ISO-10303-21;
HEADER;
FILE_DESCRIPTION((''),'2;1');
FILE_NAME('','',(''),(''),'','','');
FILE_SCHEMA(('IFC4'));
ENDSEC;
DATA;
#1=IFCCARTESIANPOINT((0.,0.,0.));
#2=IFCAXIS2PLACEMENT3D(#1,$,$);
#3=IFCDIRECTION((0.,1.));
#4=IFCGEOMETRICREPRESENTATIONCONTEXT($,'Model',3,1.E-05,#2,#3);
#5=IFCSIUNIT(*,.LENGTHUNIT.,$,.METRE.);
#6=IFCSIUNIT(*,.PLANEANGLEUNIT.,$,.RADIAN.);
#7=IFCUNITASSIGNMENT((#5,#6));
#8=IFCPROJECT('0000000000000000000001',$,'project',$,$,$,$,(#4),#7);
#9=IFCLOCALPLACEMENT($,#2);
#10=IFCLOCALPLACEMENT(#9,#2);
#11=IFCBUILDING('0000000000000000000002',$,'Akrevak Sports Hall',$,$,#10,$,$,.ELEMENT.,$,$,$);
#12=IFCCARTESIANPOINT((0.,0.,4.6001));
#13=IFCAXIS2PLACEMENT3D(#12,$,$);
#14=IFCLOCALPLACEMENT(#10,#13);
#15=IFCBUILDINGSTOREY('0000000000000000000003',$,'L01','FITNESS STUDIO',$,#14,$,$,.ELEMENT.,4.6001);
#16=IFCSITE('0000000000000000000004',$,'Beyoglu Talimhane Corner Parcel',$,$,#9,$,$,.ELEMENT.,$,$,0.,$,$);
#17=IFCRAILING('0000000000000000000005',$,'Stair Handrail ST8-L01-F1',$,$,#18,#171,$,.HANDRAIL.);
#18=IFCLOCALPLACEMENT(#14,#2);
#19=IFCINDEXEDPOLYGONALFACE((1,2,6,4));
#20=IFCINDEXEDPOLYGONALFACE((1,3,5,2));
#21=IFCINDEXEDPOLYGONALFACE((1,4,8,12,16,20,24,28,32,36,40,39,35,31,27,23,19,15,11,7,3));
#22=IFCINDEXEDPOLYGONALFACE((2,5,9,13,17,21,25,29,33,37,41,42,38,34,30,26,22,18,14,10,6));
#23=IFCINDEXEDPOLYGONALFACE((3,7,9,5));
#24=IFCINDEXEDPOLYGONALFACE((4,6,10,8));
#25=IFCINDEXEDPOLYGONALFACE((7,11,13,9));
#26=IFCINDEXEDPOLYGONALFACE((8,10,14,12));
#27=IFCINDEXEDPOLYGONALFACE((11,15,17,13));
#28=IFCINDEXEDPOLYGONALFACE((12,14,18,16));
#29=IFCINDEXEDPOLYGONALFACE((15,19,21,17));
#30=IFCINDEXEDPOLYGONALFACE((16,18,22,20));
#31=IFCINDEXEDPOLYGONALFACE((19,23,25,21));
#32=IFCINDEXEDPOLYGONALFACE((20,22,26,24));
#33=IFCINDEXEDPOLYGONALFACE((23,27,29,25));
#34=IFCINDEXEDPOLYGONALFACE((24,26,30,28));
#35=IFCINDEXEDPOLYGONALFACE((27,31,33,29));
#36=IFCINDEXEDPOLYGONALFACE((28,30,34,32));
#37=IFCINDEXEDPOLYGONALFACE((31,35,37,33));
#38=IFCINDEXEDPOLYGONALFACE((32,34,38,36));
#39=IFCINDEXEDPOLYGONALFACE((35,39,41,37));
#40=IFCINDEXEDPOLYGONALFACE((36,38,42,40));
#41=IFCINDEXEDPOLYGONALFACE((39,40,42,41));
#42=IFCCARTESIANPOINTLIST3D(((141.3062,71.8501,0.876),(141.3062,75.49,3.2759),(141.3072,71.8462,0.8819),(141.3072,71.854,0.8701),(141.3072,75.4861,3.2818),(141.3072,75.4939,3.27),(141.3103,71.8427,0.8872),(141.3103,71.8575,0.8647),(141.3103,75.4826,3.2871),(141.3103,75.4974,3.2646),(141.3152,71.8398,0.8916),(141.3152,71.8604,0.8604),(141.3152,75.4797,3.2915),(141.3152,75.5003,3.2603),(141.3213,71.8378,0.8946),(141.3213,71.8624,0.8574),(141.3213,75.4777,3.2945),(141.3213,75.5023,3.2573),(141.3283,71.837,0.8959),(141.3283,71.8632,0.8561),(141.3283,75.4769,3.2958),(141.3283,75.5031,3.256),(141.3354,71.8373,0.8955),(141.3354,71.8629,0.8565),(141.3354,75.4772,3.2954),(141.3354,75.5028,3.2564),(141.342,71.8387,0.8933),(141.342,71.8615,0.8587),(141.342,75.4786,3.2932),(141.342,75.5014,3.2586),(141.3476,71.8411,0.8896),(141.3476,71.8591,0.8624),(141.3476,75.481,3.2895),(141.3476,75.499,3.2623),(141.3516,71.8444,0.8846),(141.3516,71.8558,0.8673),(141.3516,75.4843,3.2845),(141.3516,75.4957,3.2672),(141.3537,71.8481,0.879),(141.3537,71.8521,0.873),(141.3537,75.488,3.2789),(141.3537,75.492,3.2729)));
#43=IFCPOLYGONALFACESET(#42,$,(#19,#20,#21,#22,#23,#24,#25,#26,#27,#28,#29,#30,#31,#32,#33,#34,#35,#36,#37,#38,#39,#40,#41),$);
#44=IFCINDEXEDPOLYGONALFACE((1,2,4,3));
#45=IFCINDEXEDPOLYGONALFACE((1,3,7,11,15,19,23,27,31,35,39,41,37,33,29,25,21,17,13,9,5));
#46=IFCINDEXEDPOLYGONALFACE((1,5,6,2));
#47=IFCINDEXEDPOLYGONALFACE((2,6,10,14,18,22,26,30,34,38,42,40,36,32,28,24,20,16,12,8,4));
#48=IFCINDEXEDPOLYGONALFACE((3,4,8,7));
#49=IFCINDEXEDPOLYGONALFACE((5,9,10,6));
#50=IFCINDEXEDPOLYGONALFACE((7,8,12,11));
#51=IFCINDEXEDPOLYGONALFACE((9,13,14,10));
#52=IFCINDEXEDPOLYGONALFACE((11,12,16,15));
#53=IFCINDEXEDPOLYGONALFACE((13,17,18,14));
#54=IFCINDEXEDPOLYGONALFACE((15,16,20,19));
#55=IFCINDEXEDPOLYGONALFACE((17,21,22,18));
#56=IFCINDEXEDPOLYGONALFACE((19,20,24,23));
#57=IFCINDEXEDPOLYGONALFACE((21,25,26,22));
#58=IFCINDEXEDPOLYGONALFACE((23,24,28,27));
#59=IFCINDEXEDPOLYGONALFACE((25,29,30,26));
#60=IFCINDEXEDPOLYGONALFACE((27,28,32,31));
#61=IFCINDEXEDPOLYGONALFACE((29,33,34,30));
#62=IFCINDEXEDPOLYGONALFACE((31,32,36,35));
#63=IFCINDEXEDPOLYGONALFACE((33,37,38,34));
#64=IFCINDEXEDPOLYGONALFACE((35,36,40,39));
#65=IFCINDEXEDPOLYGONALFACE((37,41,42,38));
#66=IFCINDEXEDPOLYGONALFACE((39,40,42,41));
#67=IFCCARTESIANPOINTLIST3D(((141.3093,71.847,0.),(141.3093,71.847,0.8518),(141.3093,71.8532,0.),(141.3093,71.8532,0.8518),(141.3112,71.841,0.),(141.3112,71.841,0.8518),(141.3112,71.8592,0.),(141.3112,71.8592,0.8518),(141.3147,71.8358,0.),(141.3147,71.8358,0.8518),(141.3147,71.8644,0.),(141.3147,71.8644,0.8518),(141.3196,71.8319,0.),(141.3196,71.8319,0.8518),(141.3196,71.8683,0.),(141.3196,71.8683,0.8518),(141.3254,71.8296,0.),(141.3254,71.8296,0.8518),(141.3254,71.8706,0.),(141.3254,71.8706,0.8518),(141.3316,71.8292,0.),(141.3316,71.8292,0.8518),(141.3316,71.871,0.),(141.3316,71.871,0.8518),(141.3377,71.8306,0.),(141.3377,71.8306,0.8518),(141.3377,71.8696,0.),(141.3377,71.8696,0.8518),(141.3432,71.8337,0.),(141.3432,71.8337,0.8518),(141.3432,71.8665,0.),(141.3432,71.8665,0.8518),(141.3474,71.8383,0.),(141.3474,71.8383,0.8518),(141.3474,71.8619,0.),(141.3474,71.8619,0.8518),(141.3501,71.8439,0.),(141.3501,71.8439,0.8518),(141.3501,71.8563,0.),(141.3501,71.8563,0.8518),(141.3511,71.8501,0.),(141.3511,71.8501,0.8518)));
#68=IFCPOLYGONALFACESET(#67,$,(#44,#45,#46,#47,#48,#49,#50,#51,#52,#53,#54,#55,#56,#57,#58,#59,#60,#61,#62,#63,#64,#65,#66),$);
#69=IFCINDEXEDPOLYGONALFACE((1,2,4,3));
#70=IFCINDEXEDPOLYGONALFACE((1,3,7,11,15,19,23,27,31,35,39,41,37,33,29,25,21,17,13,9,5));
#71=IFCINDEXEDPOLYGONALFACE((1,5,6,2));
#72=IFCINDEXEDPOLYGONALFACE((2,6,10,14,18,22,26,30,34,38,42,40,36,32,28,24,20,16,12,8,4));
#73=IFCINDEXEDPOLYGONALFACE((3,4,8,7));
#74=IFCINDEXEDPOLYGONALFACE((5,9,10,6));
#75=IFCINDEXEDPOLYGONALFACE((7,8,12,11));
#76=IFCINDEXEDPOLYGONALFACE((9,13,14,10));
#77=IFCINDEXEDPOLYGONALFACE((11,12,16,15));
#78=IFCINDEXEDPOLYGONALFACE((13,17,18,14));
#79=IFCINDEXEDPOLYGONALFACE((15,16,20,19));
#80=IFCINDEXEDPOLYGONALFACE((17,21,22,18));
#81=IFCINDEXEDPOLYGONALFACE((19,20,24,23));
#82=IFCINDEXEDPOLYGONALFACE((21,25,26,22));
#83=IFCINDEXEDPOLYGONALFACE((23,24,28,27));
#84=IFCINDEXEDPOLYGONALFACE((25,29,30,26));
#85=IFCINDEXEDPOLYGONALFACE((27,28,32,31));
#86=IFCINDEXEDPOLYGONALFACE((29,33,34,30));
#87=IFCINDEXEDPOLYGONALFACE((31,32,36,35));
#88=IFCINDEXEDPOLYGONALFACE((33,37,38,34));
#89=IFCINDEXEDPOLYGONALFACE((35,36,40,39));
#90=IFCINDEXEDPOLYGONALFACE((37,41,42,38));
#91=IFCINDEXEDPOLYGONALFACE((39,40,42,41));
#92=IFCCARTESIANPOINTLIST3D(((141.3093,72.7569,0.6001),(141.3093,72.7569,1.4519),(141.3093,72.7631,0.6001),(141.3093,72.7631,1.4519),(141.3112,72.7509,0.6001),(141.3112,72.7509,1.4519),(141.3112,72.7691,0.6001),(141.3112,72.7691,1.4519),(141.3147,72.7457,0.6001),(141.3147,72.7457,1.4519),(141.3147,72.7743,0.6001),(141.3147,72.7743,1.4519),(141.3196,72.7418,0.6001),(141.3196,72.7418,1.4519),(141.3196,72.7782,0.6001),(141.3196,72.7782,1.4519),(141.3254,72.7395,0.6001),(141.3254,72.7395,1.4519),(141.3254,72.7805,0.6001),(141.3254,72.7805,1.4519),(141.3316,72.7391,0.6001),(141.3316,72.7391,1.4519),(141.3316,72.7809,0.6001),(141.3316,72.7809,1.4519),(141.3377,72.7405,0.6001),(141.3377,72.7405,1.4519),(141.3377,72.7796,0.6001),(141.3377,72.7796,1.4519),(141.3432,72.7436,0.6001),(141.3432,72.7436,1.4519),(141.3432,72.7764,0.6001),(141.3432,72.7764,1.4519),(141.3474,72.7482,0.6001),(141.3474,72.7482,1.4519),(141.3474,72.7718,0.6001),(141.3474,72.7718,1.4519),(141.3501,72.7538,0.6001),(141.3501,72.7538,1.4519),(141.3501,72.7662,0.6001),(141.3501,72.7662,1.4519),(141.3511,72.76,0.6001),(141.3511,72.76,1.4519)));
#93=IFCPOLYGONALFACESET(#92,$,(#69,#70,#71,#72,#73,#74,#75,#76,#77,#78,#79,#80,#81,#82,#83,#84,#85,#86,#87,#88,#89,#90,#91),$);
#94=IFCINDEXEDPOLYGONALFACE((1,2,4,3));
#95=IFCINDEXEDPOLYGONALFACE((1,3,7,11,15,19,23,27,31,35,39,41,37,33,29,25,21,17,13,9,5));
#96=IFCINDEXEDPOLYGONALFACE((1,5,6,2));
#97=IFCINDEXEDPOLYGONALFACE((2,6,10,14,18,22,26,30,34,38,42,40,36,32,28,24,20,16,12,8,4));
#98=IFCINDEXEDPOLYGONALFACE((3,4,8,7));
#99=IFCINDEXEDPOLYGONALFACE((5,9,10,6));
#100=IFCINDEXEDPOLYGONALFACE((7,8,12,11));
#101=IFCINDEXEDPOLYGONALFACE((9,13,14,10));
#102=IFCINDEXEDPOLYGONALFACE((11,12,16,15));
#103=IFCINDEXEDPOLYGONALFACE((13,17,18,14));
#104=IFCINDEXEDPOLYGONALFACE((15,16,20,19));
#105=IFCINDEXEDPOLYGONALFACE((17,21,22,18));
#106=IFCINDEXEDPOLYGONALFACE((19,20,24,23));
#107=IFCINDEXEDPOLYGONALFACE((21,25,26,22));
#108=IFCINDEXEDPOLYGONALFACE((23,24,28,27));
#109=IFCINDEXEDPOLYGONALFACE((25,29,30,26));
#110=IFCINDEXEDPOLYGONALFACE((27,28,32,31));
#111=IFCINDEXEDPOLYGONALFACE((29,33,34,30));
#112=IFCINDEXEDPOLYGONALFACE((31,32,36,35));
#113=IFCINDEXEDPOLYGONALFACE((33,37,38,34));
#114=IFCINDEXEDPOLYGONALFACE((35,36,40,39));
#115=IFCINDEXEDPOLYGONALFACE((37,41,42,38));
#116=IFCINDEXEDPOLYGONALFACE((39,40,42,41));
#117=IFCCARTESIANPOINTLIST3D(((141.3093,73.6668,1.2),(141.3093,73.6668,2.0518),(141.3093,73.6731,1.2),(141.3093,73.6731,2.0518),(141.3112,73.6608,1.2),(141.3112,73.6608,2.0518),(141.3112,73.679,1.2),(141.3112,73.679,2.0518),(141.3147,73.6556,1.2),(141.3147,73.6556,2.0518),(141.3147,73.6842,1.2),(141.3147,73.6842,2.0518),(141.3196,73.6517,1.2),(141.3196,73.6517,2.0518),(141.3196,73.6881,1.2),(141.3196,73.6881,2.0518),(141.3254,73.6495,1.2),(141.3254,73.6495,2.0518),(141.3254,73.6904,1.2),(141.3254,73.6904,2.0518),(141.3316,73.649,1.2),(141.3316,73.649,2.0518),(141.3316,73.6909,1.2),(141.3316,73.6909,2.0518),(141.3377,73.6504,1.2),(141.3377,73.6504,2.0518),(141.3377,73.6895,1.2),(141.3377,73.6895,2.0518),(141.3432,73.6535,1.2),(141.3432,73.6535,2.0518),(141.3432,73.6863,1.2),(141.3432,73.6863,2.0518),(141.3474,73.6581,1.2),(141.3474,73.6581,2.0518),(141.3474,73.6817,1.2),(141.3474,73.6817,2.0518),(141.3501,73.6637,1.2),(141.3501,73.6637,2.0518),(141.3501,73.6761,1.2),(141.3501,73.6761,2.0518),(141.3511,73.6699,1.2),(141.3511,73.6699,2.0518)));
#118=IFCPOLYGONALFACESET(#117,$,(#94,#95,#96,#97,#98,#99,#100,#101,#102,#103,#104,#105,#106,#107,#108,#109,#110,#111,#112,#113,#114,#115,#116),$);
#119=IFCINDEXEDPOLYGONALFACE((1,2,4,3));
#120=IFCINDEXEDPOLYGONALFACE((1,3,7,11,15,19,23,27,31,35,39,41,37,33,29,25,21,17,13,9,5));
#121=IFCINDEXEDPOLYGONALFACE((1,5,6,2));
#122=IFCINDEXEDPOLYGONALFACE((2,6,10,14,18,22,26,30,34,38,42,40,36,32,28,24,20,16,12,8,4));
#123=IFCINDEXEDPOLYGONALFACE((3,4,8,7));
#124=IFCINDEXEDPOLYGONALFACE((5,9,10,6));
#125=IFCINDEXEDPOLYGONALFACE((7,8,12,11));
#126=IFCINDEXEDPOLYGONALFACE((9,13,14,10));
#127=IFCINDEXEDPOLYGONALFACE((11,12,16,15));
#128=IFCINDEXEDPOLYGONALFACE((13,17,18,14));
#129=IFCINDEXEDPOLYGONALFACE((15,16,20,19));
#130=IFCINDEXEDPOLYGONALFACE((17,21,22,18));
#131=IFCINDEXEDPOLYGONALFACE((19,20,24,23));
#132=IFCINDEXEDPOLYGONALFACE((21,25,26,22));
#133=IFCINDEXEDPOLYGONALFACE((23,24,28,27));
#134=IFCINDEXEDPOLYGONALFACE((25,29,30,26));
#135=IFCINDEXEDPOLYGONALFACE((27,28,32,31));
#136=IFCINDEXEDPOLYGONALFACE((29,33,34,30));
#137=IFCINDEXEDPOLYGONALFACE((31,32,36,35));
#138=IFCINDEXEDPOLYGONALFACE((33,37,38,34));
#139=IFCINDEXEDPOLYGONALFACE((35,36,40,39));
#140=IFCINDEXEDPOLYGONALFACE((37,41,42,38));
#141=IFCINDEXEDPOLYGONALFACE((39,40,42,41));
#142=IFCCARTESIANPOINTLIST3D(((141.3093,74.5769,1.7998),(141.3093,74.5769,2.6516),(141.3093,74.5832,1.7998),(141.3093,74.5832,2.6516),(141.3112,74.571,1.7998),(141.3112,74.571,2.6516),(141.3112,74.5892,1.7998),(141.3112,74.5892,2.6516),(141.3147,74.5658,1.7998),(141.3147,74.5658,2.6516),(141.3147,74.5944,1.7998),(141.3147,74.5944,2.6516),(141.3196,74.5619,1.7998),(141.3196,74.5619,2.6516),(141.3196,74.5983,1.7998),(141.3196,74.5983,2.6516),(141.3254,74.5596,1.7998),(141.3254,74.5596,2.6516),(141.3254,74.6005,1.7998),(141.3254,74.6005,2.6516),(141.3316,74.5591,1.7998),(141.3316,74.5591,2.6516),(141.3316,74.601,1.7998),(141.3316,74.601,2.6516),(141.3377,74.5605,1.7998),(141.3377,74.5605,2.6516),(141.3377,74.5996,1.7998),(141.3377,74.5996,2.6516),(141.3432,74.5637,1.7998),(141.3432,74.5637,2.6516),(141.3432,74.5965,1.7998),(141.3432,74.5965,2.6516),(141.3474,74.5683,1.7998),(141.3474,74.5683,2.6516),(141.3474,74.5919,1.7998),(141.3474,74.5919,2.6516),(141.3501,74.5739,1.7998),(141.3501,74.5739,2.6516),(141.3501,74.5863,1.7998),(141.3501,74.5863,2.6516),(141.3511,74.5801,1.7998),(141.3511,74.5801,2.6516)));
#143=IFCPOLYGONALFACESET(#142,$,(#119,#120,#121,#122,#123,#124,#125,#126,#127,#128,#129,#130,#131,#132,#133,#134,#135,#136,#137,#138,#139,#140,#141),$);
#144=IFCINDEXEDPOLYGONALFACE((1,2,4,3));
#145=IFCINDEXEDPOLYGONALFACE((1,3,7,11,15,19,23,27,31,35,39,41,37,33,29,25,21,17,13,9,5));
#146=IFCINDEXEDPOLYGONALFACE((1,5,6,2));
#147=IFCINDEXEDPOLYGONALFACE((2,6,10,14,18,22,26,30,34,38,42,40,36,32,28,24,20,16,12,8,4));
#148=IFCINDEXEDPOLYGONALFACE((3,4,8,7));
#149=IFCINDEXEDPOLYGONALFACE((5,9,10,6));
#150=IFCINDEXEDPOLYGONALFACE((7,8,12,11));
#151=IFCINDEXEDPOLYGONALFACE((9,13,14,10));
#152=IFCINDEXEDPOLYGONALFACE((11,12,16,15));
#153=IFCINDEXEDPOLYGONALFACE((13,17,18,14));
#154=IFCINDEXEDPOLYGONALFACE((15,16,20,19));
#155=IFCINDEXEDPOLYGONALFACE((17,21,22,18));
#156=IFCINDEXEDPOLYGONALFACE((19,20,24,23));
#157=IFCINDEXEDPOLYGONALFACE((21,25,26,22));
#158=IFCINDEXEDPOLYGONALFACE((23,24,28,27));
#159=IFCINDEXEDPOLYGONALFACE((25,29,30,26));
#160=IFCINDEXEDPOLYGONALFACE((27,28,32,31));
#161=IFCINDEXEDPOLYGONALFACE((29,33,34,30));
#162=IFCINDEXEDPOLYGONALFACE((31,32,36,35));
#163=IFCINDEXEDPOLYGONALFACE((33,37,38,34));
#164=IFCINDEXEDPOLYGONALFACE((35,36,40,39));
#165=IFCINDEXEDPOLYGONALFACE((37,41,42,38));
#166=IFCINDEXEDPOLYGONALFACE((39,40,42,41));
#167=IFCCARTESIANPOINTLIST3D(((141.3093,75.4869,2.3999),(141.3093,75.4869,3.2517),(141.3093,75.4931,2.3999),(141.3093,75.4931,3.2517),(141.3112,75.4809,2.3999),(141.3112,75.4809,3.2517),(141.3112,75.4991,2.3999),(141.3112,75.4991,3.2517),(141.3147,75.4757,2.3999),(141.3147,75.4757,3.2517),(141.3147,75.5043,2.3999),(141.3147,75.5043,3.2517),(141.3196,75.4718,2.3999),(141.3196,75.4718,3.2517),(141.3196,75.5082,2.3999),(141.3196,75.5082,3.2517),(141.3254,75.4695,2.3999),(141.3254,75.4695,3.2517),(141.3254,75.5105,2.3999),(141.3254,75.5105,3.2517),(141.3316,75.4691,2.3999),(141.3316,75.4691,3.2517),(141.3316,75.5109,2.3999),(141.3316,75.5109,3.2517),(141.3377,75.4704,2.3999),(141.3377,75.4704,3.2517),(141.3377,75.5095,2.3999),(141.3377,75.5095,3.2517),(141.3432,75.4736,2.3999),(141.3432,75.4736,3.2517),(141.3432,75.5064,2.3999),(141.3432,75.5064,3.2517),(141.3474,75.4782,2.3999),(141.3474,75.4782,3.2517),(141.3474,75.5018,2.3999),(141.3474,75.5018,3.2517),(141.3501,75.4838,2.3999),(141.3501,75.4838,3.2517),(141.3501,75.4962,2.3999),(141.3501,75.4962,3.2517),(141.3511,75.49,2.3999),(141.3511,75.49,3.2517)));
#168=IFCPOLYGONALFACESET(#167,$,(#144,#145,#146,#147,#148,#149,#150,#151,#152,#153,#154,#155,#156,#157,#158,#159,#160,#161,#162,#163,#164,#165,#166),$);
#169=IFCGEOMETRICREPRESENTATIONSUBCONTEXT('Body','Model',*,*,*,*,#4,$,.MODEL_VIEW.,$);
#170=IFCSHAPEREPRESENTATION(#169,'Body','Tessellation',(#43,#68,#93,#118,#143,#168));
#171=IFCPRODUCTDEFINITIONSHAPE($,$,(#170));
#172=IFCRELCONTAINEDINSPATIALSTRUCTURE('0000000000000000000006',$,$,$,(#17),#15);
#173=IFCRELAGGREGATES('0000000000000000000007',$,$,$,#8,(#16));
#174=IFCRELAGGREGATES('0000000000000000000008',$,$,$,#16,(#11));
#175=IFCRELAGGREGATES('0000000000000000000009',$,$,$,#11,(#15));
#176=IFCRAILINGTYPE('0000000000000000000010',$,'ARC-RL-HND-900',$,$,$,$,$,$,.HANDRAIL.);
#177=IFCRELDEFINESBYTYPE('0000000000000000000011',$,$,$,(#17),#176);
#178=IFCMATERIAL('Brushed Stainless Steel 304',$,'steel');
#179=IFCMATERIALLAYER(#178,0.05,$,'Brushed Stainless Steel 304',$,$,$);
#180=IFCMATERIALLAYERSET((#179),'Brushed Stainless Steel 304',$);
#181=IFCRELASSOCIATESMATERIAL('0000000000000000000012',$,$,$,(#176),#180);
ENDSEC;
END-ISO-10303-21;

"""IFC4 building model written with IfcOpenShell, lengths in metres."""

from ifc_helpers import new_model, si_unit, direction, frame, origin, origin_2d, place, context, subcontext, project, spatial, circle, extrude, material, layer, layer_set, type_object, element, save


model = new_model("IFC4")

# Units and contexts
model_context = context("Model", 3, precision=1e-05, world=origin(), true_north=direction((0.0, 1.0)))
body_context = subcontext(model_context, "Body", "Model", "MODEL_VIEW")
ifc_project = project(units=[si_unit("LENGTHUNIT", "METRE"), si_unit("PLANEANGLEUNIT", "RADIAN")], contexts=[model_context])

# Site, building, storey
site_placement = place(None, origin())
site = spatial("IfcSite", under=ifc_project, at=site_placement, Name="Beyoglu Talimhane Corner Parcel", CompositionType="ELEMENT", RefElevation=0.0)
building_placement = place(site_placement, origin())
building = spatial("IfcBuilding", under=site, at=building_placement, Name="Akrevak Sports Hall", CompositionType="ELEMENT")
storey_placement = place(building_placement, frame((0.0, 0.0, 4.6001)))
storey = spatial("IfcBuildingStorey", under=building, at=storey_placement, Name="L01", Description="FITNESS STUDIO", CompositionType="ELEMENT", Elevation=4.6001)

# Railing
ifc_material_1 = material(Name="Brushed Stainless Steel 304", Category="steel")
ifc_layer_1 = layer(ifc_material_1, 0.05, Name="Brushed Stainless Steel 304")
ifc_layer_set_1 = layer_set([ifc_layer_1], Name="Brushed Stainless Steel 304")
railing_type_1 = type_object("IfcRailingType", Name="ARC-RL-HND-900", PredefinedType="HANDRAIL", material=ifc_layer_set_1)
railing_1_placement = place(storey_placement, frame((141.3301, 71.8501, 0.0)))
element("IfcRailing", 1, at=railing_1_placement, inside=storey, type_object=railing_type_1, Name="Stair Handrail ST8-L01-F1", PredefinedType="HANDRAIL", context=body_context, shape_type="SweptSolid", body=[
    extrude(circle(Radius=0.0239, at=origin_2d()), frame((0.0, 0.0, 0.876), z_axis=(0.0, 0.834865, 0.550454), x_axis=(-1.0, 0.0, 0.0)), (0.0, 0.0, 1.0), 4.3599),
    extrude(circle(Radius=0.021, at=origin_2d()), origin(), (0.0, 0.0, 1.0), 0.8518),
    extrude(circle(Radius=0.021, at=origin_2d()), frame((0.0, 0.9099, 0.6001)), (0.0, 0.0, 1.0), 0.8518),
    extrude(circle(Radius=0.021, at=origin_2d()), frame((0.0, 1.8198, 1.2)), (0.0, 0.0, 1.0), 0.8518),
    extrude(circle(Radius=0.021, at=origin_2d()), frame((0.0, 2.73, 1.7998)), (0.0, 0.0, 1.0), 0.8518),
    extrude(circle(Radius=0.021, at=origin_2d()), frame((0.0, 3.6399, 2.3999)), (0.0, 0.0, 1.0), 0.8518),
])

save(model, "model.ifc")
